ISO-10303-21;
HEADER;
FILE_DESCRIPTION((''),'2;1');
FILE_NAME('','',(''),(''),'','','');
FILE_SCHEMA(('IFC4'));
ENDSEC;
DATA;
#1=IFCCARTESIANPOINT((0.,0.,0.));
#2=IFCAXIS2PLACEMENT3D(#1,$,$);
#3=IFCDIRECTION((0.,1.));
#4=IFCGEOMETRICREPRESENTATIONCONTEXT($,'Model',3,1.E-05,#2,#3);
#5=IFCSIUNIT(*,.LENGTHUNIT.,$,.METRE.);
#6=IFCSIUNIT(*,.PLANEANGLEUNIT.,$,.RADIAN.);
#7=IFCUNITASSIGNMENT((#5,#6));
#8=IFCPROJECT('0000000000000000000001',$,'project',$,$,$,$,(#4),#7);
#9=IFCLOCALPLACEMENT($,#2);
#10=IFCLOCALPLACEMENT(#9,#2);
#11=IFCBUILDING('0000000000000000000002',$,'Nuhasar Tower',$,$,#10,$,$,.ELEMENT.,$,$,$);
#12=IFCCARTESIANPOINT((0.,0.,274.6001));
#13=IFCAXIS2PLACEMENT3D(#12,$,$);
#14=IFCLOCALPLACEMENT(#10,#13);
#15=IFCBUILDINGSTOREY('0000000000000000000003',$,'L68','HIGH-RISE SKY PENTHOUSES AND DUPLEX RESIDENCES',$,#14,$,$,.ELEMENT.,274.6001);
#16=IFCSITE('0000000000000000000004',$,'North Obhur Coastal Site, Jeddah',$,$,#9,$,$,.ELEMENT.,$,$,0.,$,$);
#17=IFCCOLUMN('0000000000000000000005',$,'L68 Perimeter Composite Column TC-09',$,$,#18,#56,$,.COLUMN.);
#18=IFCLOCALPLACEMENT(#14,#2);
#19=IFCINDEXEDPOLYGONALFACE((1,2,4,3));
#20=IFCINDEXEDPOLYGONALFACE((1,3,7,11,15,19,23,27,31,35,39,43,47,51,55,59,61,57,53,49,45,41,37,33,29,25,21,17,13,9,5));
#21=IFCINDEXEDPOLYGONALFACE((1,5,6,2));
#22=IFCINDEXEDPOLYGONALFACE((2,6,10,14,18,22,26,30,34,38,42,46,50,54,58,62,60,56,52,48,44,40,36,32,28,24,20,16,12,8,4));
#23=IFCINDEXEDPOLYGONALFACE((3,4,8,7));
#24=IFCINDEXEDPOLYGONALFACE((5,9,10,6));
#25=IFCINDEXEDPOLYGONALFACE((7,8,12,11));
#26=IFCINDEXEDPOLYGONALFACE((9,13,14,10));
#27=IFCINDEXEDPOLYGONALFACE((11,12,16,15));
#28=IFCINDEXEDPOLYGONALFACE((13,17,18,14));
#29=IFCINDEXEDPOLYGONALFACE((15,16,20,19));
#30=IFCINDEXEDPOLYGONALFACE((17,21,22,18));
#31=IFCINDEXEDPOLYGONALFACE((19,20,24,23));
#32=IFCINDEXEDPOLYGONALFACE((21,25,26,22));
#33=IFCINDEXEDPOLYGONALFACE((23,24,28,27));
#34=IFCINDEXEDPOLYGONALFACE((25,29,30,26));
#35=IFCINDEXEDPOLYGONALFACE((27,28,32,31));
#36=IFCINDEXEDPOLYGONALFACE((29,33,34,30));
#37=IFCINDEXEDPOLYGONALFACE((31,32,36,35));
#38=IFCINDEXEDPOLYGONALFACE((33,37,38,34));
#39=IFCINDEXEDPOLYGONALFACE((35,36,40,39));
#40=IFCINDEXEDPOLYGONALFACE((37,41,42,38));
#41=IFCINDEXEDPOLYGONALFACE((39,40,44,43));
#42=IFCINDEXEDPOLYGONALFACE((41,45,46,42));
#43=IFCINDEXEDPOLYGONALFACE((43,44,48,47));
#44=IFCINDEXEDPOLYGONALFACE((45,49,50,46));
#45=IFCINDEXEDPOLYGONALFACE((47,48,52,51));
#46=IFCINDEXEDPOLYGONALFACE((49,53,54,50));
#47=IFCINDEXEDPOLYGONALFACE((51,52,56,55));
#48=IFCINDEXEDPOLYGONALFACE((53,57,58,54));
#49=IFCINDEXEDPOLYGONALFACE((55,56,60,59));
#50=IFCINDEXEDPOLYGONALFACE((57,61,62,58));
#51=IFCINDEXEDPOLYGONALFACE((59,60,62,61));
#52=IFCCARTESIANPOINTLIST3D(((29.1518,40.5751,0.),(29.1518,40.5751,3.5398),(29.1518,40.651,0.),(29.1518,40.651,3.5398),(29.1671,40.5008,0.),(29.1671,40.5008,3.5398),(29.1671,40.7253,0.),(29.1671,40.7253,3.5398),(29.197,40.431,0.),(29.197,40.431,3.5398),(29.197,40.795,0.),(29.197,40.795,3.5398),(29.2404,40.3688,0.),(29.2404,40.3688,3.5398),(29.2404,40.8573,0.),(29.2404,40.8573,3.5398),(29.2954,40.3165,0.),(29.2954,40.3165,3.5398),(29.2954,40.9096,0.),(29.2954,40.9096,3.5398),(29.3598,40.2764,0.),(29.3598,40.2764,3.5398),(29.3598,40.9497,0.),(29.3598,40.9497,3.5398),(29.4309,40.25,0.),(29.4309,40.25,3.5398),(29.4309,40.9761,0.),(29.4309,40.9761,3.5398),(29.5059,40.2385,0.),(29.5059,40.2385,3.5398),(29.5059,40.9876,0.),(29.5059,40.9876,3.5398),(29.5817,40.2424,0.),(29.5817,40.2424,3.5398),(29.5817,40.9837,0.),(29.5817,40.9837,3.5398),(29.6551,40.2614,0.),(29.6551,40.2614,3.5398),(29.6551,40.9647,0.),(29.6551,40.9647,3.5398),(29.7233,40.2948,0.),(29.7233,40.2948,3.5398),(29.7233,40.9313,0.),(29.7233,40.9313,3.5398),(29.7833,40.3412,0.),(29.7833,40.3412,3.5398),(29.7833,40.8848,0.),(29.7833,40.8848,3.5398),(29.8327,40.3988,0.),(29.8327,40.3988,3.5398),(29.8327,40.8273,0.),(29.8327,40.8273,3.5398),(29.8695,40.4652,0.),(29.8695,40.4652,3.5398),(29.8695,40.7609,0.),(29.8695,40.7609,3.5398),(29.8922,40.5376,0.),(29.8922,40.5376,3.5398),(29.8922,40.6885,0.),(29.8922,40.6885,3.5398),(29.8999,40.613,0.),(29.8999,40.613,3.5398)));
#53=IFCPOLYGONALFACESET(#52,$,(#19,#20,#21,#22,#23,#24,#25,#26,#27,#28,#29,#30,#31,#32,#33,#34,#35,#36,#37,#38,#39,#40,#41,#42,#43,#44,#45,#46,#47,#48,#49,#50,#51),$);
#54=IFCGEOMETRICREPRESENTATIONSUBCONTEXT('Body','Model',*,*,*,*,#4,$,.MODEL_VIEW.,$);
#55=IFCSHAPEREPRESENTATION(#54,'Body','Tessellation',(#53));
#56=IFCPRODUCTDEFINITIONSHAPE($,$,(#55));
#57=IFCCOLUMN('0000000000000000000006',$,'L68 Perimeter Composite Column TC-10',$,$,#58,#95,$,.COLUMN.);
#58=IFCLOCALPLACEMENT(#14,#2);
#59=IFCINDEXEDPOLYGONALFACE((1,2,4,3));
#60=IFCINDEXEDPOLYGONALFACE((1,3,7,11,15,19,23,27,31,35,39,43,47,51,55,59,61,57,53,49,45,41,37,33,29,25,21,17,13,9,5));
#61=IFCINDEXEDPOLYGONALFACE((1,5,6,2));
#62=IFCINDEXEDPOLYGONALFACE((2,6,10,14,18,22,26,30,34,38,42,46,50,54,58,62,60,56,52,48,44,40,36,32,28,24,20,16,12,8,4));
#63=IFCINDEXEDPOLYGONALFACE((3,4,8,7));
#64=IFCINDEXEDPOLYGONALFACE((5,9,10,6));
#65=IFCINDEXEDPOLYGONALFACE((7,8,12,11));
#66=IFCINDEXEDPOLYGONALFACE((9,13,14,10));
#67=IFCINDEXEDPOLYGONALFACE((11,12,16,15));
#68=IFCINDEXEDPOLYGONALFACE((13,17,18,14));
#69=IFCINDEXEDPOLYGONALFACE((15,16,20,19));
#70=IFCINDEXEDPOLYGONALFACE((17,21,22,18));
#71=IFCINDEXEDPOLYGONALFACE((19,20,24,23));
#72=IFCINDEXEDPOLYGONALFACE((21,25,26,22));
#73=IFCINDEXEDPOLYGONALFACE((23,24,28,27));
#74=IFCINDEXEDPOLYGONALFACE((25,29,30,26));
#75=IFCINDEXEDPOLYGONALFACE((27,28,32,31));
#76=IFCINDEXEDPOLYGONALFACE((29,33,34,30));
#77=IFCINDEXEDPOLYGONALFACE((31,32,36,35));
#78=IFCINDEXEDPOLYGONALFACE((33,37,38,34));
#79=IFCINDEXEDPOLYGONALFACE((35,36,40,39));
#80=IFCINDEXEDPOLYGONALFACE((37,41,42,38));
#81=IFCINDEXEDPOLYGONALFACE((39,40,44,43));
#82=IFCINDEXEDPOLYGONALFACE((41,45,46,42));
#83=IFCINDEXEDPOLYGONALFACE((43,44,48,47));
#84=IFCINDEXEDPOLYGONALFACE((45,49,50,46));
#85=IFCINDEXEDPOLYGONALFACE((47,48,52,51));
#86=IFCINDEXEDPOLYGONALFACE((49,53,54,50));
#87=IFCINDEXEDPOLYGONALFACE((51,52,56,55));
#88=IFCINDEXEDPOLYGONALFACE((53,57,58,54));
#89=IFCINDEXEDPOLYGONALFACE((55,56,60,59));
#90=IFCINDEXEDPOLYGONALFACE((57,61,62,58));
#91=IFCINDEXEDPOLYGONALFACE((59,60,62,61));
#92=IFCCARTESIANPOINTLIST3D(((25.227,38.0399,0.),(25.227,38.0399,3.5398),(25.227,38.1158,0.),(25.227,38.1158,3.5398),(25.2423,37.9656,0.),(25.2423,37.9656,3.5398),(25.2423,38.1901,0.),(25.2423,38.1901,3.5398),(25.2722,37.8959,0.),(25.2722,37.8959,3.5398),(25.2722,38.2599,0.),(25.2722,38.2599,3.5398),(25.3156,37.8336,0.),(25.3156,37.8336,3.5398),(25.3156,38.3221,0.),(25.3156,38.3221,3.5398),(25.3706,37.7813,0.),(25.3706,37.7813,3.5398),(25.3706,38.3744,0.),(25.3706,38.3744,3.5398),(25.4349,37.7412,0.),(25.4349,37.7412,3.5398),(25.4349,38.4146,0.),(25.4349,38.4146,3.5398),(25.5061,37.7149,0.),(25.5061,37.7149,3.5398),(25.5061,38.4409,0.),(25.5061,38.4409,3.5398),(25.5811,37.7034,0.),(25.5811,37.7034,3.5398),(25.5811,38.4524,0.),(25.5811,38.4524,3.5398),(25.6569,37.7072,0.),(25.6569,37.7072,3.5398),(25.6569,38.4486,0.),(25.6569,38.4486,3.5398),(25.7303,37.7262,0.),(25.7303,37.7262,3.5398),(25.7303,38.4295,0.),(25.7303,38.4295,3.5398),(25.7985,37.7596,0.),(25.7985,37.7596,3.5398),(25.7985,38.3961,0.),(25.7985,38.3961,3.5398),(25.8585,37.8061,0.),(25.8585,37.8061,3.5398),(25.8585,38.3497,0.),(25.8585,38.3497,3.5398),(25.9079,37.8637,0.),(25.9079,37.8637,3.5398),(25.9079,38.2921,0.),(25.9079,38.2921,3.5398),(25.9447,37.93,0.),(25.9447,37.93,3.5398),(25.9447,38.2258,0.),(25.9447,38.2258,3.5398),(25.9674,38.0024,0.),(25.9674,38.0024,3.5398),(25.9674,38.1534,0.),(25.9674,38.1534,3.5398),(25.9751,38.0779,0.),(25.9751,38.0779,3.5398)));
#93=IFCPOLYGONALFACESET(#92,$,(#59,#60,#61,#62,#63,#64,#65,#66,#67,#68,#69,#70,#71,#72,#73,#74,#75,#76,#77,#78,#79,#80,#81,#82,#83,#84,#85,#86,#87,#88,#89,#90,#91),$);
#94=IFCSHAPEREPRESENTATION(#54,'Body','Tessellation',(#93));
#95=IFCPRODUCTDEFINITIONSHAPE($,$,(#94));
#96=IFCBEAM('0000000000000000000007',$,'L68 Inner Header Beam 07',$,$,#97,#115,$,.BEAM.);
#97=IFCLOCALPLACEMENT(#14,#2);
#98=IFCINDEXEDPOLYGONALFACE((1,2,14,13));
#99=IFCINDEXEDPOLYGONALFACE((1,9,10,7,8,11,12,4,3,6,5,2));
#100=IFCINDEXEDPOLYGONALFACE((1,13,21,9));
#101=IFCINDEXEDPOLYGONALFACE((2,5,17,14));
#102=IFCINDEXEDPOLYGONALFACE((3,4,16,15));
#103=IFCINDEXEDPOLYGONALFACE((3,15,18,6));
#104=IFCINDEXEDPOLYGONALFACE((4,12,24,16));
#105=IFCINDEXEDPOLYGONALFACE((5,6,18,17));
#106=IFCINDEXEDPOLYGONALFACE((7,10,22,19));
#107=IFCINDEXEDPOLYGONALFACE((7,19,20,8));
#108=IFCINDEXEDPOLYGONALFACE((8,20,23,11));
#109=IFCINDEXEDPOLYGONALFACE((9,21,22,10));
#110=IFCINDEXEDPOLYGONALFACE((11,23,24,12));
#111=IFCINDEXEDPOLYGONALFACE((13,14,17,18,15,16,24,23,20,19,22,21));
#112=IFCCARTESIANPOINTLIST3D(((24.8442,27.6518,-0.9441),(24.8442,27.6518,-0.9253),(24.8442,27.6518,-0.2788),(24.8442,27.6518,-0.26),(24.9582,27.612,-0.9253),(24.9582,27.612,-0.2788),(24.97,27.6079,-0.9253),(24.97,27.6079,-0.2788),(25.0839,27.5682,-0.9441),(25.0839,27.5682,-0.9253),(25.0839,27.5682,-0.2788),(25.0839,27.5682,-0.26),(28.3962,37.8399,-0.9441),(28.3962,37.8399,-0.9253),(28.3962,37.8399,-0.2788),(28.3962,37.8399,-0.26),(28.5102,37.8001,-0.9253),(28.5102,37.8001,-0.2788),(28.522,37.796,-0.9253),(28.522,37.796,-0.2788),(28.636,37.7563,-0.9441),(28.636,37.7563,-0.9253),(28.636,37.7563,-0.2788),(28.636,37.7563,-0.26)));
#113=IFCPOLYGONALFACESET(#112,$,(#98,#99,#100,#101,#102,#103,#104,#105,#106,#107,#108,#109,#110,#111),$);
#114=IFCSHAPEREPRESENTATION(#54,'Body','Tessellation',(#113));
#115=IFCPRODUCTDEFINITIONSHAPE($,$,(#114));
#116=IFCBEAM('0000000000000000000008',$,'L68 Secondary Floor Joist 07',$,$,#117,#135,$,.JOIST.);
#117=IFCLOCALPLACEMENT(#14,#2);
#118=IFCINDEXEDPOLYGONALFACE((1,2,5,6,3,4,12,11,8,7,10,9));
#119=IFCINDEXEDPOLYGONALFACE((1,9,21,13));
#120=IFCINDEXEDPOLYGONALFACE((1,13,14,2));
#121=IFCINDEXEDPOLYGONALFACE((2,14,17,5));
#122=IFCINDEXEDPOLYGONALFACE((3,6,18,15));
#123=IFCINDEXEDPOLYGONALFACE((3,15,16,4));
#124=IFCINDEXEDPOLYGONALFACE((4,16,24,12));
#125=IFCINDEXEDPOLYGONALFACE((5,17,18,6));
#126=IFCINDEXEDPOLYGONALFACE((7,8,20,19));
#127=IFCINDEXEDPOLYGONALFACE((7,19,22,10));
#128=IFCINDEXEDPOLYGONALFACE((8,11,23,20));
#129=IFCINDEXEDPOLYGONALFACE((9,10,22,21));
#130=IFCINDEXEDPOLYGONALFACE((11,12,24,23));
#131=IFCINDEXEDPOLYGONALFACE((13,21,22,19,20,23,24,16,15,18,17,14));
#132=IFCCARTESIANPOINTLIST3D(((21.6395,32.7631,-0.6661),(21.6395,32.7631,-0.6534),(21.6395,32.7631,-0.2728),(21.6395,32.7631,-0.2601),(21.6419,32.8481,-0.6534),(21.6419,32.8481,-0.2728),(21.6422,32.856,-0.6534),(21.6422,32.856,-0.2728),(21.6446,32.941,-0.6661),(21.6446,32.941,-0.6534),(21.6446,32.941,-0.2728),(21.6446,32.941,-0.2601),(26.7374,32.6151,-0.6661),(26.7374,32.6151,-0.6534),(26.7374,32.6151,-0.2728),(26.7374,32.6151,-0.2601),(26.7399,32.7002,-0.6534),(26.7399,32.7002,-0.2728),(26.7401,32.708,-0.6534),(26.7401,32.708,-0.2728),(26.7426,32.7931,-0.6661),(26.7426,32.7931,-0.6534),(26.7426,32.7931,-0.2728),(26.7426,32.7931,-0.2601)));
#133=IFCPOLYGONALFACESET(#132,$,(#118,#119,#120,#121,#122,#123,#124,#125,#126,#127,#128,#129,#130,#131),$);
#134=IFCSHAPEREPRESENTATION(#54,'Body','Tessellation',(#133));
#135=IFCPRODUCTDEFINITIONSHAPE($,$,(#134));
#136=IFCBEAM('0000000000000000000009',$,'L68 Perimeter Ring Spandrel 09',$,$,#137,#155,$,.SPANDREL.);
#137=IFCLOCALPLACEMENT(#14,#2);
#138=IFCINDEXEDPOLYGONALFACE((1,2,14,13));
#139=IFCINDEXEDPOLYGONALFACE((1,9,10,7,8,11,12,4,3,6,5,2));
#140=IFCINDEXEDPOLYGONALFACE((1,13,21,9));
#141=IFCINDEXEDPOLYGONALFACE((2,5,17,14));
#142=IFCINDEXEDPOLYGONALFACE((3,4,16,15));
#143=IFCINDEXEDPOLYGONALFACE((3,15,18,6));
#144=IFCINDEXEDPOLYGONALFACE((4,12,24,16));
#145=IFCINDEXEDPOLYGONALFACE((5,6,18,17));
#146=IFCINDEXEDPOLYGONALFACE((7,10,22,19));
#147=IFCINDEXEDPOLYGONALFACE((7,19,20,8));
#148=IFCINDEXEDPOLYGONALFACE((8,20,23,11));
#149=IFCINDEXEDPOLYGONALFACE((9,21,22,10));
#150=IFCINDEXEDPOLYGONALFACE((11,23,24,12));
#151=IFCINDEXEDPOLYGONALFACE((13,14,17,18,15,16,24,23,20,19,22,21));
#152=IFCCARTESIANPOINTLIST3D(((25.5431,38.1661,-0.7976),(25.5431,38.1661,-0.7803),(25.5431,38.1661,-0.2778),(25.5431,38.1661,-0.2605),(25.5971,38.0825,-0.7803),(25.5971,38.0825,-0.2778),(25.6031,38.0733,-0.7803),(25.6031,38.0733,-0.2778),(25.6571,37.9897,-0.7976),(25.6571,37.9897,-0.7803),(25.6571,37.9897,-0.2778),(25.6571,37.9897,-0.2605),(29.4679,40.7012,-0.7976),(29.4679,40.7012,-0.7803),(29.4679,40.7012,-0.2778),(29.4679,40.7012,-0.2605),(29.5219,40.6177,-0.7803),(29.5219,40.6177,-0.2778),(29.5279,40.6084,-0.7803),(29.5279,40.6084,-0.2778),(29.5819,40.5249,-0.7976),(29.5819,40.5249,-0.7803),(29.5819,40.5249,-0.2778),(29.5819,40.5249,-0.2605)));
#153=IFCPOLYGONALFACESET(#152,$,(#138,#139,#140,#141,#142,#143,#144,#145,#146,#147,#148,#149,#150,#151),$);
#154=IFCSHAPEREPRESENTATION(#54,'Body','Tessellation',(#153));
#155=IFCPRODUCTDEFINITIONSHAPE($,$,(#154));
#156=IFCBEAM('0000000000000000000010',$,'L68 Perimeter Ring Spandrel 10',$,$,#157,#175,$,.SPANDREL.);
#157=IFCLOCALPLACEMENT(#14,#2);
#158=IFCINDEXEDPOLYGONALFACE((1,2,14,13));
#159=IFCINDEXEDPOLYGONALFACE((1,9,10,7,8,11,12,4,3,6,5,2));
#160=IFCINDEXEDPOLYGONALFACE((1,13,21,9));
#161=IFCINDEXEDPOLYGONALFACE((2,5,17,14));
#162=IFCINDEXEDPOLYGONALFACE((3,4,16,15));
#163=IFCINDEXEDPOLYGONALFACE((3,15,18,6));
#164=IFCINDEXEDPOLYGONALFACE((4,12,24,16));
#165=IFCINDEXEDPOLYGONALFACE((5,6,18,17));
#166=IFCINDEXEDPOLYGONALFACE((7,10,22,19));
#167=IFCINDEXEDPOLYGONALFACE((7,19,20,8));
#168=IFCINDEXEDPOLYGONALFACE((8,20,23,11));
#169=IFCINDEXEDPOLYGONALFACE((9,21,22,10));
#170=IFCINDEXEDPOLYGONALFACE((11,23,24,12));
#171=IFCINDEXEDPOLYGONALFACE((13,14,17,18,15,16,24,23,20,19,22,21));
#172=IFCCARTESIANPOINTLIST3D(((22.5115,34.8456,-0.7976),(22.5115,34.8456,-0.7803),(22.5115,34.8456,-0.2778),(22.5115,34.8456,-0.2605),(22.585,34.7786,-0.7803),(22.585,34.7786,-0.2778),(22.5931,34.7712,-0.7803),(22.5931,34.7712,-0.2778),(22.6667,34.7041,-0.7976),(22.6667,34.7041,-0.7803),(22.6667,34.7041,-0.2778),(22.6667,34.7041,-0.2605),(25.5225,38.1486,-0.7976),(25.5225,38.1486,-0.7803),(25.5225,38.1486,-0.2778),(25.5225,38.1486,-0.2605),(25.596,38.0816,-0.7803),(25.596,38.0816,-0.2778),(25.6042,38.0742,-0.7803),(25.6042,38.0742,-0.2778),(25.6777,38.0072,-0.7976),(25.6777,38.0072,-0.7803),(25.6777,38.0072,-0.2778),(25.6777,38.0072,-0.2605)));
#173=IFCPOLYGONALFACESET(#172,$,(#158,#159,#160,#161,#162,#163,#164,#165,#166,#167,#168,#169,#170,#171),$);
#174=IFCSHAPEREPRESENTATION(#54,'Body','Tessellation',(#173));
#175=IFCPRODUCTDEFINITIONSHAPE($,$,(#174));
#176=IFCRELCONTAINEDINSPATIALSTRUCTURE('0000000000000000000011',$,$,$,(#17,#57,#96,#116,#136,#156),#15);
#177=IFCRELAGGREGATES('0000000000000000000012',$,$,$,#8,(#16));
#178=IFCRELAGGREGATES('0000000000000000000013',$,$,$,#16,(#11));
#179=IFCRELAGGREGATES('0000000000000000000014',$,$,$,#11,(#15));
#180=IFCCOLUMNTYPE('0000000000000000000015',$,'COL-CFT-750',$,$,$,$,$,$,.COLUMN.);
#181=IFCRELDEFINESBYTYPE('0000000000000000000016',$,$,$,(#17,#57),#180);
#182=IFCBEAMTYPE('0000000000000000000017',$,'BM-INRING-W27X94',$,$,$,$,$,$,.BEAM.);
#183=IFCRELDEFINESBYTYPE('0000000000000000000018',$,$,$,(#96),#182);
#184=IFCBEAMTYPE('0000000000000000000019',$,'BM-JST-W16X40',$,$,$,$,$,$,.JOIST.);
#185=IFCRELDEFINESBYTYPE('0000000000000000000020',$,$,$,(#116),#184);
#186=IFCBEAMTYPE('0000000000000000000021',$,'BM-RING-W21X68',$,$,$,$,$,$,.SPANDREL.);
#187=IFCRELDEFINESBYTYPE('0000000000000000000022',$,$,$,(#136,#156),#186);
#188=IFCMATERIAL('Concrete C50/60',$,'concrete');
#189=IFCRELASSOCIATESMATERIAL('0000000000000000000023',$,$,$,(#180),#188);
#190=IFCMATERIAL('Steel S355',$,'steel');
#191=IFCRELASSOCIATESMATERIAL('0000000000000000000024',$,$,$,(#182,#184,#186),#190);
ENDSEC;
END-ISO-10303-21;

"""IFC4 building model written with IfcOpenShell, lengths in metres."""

from ifc_helpers import new_model, si_unit, direction, frame, origin, origin_2d, place, context, subcontext, project, spatial, circle, i_section, extrude, material, material_profile, profile_set, type_object, element, save


model = new_model("IFC4")

# Units and contexts
model_context = context("Model", 3, precision=1e-05, world=origin(), true_north=direction((0.0, 1.0)))
body_context = subcontext(model_context, "Body", "Model", "MODEL_VIEW")
ifc_project = project(units=[si_unit("LENGTHUNIT", "METRE"), si_unit("PLANEANGLEUNIT", "RADIAN")], contexts=[model_context])

# Site, building, storey
site_placement = place(None, origin())
site = spatial("IfcSite", under=ifc_project, at=site_placement, Name="North Obhur Coastal Site, Jeddah", CompositionType="ELEMENT", RefElevation=0.0)
building_placement = place(site_placement, origin())
building = spatial("IfcBuilding", under=site, at=building_placement, Name="Nuhasar Tower", CompositionType="ELEMENT")
storey_placement = place(building_placement, frame((0.0, 0.0, 274.6001)))
storey = spatial("IfcBuildingStorey", under=building, at=storey_placement, Name="L68", Description="HIGH-RISE SKY PENTHOUSES AND DUPLEX RESIDENCES", CompositionType="ELEMENT", Elevation=274.6001)

# Columns
ifc_material_1 = material(Name="Concrete C50/60", Category="concrete")
ifc_material_profile_1 = material_profile(ifc_material_1, circle(Radius=0.375, at=origin_2d()), Name="CFT750")
ifc_profile_set_1 = profile_set([ifc_material_profile_1], Name="Concrete C50/60")
column_type = type_object("IfcColumnType", Name="COL-CFT-750", PredefinedType="COLUMN", material=ifc_profile_set_1)
for number, where, z_axis, x_axis, name in (
    (1, (29.5249, 40.613, 0.0), (0.0, 0.0, 1.0), (1.0, 0.0, 0.0), "L68 Perimeter Composite Column TC-09"),
    (2, (25.6001, 38.0779, 0.0), (0.0, 0.0, 1.0), (1.0, 0.0, 0.0), "L68 Perimeter Composite Column TC-10"),
):
    element("IfcColumn", number, at=place(storey_placement, frame(where, z_axis=z_axis, x_axis=x_axis)), inside=storey, type_object=column_type, Name=name, PredefinedType="COLUMN", context=body_context, shape_type="SweptSolid", body=[
        extrude(circle(Radius=0.375, at=origin_2d()), origin(), (0.0, 0.0, 1.0), 3.5398),
    ])

# Beams
ifc_material_2 = material(Name="Steel S355", Category="steel")
ifc_material_profile_2 = material_profile(ifc_material_2, i_section(OverallWidth=0.2539, OverallDepth=0.6841, WebThickness=0.0125, FlangeThickness=0.0188, at=origin_2d()), Name="W27X94")
ifc_profile_set_2 = profile_set([ifc_material_profile_2], Name="Steel S355")
beam_type_1 = type_object("IfcBeamType", Name="BM-INRING-W27X94", PredefinedType="BEAM", material=ifc_profile_set_2)
beam_1_placement = place(storey_placement, frame((28.5161, 37.7981, -0.6021), z_axis=(-0.329211, -0.944256, 0.0), x_axis=(0.944256, -0.329211, 0.0)))
element("IfcBeam", 3, at=beam_1_placement, inside=storey, type_object=beam_type_1, Name="L68 Inner Header Beam 07", PredefinedType="BEAM", context=body_context, shape_type="SweptSolid", body=[
    extrude(i_section(OverallWidth=0.2539, OverallDepth=0.6841, WebThickness=0.0125, FlangeThickness=0.0188, at=origin_2d()), origin(), (0.0, 0.0, 1.0), 10.7896),
])
ifc_material_profile_3 = material_profile(ifc_material_2, i_section(OverallWidth=0.178, OverallDepth=0.406, WebThickness=0.0078, FlangeThickness=0.0127, at=origin_2d()), Name="W16X40")
ifc_profile_set_3 = profile_set([ifc_material_profile_3], Name="Steel S355")
beam_type_2 = type_object("IfcBeamType", Name="BM-JST-W16X40", PredefinedType="JOIST", material=ifc_profile_set_3)
beam_2_placement = place(storey_placement, frame((26.74, 32.7041, -0.4631), z_axis=(-0.999579, 0.029009, 0.0), x_axis=(-0.029009, -0.999579, 0.0)))
element("IfcBeam", 4, at=beam_2_placement, inside=storey, type_object=beam_type_2, Name="L68 Secondary Floor Joist 07", PredefinedType="JOIST", context=body_context, shape_type="SweptSolid", body=[
    extrude(i_section(OverallWidth=0.178, OverallDepth=0.406, WebThickness=0.0078, FlangeThickness=0.0127, at=origin_2d()), origin(), (0.0, 0.0, 1.0), 5.1001),
])
ifc_material_profile_4 = material_profile(ifc_material_2, i_section(OverallWidth=0.21, OverallDepth=0.5371, WebThickness=0.011, FlangeThickness=0.0173, at=origin_2d()), Name="W21X68")
ifc_profile_set_4 = profile_set([ifc_material_profile_4], Name="Steel S355")
beam_type_3 = type_object("IfcBeamType", Name="BM-RING-W21X68", PredefinedType="SPANDREL", material=ifc_profile_set_4)
beam_3_placement = place(storey_placement, frame((29.5249, 40.613, -0.5291), z_axis=(-0.840002, -0.542584, 0.0), x_axis=(0.542584, -0.840002, 0.0)))
element("IfcBeam", 5, at=beam_3_placement, inside=storey, type_object=beam_type_3, Name="L68 Perimeter Ring Spandrel 09", PredefinedType="SPANDREL", context=body_context, shape_type="SweptSolid", body=[
    extrude(i_section(OverallWidth=0.21, OverallDepth=0.5371, WebThickness=0.011, FlangeThickness=0.0173, at=origin_2d()), origin(), (0.0, 0.0, 1.0), 4.6724),
])
beam_4_placement = place(storey_placement, frame((25.6001, 38.0779, -0.5291), z_axis=(-0.673686, -0.739017, 0.0), x_axis=(0.739017, -0.673686, 0.0)))
element("IfcBeam", 6, at=beam_4_placement, inside=storey, type_object=beam_type_3, Name="L68 Perimeter Ring Spandrel 10", PredefinedType="SPANDREL", context=body_context, shape_type="SweptSolid", body=[
    extrude(i_section(OverallWidth=0.21, OverallDepth=0.5371, WebThickness=0.011, FlangeThickness=0.0173, at=origin_2d()), origin(), (0.0, 0.0, 1.0), 4.4695),
])

save(model, "model.ifc")
